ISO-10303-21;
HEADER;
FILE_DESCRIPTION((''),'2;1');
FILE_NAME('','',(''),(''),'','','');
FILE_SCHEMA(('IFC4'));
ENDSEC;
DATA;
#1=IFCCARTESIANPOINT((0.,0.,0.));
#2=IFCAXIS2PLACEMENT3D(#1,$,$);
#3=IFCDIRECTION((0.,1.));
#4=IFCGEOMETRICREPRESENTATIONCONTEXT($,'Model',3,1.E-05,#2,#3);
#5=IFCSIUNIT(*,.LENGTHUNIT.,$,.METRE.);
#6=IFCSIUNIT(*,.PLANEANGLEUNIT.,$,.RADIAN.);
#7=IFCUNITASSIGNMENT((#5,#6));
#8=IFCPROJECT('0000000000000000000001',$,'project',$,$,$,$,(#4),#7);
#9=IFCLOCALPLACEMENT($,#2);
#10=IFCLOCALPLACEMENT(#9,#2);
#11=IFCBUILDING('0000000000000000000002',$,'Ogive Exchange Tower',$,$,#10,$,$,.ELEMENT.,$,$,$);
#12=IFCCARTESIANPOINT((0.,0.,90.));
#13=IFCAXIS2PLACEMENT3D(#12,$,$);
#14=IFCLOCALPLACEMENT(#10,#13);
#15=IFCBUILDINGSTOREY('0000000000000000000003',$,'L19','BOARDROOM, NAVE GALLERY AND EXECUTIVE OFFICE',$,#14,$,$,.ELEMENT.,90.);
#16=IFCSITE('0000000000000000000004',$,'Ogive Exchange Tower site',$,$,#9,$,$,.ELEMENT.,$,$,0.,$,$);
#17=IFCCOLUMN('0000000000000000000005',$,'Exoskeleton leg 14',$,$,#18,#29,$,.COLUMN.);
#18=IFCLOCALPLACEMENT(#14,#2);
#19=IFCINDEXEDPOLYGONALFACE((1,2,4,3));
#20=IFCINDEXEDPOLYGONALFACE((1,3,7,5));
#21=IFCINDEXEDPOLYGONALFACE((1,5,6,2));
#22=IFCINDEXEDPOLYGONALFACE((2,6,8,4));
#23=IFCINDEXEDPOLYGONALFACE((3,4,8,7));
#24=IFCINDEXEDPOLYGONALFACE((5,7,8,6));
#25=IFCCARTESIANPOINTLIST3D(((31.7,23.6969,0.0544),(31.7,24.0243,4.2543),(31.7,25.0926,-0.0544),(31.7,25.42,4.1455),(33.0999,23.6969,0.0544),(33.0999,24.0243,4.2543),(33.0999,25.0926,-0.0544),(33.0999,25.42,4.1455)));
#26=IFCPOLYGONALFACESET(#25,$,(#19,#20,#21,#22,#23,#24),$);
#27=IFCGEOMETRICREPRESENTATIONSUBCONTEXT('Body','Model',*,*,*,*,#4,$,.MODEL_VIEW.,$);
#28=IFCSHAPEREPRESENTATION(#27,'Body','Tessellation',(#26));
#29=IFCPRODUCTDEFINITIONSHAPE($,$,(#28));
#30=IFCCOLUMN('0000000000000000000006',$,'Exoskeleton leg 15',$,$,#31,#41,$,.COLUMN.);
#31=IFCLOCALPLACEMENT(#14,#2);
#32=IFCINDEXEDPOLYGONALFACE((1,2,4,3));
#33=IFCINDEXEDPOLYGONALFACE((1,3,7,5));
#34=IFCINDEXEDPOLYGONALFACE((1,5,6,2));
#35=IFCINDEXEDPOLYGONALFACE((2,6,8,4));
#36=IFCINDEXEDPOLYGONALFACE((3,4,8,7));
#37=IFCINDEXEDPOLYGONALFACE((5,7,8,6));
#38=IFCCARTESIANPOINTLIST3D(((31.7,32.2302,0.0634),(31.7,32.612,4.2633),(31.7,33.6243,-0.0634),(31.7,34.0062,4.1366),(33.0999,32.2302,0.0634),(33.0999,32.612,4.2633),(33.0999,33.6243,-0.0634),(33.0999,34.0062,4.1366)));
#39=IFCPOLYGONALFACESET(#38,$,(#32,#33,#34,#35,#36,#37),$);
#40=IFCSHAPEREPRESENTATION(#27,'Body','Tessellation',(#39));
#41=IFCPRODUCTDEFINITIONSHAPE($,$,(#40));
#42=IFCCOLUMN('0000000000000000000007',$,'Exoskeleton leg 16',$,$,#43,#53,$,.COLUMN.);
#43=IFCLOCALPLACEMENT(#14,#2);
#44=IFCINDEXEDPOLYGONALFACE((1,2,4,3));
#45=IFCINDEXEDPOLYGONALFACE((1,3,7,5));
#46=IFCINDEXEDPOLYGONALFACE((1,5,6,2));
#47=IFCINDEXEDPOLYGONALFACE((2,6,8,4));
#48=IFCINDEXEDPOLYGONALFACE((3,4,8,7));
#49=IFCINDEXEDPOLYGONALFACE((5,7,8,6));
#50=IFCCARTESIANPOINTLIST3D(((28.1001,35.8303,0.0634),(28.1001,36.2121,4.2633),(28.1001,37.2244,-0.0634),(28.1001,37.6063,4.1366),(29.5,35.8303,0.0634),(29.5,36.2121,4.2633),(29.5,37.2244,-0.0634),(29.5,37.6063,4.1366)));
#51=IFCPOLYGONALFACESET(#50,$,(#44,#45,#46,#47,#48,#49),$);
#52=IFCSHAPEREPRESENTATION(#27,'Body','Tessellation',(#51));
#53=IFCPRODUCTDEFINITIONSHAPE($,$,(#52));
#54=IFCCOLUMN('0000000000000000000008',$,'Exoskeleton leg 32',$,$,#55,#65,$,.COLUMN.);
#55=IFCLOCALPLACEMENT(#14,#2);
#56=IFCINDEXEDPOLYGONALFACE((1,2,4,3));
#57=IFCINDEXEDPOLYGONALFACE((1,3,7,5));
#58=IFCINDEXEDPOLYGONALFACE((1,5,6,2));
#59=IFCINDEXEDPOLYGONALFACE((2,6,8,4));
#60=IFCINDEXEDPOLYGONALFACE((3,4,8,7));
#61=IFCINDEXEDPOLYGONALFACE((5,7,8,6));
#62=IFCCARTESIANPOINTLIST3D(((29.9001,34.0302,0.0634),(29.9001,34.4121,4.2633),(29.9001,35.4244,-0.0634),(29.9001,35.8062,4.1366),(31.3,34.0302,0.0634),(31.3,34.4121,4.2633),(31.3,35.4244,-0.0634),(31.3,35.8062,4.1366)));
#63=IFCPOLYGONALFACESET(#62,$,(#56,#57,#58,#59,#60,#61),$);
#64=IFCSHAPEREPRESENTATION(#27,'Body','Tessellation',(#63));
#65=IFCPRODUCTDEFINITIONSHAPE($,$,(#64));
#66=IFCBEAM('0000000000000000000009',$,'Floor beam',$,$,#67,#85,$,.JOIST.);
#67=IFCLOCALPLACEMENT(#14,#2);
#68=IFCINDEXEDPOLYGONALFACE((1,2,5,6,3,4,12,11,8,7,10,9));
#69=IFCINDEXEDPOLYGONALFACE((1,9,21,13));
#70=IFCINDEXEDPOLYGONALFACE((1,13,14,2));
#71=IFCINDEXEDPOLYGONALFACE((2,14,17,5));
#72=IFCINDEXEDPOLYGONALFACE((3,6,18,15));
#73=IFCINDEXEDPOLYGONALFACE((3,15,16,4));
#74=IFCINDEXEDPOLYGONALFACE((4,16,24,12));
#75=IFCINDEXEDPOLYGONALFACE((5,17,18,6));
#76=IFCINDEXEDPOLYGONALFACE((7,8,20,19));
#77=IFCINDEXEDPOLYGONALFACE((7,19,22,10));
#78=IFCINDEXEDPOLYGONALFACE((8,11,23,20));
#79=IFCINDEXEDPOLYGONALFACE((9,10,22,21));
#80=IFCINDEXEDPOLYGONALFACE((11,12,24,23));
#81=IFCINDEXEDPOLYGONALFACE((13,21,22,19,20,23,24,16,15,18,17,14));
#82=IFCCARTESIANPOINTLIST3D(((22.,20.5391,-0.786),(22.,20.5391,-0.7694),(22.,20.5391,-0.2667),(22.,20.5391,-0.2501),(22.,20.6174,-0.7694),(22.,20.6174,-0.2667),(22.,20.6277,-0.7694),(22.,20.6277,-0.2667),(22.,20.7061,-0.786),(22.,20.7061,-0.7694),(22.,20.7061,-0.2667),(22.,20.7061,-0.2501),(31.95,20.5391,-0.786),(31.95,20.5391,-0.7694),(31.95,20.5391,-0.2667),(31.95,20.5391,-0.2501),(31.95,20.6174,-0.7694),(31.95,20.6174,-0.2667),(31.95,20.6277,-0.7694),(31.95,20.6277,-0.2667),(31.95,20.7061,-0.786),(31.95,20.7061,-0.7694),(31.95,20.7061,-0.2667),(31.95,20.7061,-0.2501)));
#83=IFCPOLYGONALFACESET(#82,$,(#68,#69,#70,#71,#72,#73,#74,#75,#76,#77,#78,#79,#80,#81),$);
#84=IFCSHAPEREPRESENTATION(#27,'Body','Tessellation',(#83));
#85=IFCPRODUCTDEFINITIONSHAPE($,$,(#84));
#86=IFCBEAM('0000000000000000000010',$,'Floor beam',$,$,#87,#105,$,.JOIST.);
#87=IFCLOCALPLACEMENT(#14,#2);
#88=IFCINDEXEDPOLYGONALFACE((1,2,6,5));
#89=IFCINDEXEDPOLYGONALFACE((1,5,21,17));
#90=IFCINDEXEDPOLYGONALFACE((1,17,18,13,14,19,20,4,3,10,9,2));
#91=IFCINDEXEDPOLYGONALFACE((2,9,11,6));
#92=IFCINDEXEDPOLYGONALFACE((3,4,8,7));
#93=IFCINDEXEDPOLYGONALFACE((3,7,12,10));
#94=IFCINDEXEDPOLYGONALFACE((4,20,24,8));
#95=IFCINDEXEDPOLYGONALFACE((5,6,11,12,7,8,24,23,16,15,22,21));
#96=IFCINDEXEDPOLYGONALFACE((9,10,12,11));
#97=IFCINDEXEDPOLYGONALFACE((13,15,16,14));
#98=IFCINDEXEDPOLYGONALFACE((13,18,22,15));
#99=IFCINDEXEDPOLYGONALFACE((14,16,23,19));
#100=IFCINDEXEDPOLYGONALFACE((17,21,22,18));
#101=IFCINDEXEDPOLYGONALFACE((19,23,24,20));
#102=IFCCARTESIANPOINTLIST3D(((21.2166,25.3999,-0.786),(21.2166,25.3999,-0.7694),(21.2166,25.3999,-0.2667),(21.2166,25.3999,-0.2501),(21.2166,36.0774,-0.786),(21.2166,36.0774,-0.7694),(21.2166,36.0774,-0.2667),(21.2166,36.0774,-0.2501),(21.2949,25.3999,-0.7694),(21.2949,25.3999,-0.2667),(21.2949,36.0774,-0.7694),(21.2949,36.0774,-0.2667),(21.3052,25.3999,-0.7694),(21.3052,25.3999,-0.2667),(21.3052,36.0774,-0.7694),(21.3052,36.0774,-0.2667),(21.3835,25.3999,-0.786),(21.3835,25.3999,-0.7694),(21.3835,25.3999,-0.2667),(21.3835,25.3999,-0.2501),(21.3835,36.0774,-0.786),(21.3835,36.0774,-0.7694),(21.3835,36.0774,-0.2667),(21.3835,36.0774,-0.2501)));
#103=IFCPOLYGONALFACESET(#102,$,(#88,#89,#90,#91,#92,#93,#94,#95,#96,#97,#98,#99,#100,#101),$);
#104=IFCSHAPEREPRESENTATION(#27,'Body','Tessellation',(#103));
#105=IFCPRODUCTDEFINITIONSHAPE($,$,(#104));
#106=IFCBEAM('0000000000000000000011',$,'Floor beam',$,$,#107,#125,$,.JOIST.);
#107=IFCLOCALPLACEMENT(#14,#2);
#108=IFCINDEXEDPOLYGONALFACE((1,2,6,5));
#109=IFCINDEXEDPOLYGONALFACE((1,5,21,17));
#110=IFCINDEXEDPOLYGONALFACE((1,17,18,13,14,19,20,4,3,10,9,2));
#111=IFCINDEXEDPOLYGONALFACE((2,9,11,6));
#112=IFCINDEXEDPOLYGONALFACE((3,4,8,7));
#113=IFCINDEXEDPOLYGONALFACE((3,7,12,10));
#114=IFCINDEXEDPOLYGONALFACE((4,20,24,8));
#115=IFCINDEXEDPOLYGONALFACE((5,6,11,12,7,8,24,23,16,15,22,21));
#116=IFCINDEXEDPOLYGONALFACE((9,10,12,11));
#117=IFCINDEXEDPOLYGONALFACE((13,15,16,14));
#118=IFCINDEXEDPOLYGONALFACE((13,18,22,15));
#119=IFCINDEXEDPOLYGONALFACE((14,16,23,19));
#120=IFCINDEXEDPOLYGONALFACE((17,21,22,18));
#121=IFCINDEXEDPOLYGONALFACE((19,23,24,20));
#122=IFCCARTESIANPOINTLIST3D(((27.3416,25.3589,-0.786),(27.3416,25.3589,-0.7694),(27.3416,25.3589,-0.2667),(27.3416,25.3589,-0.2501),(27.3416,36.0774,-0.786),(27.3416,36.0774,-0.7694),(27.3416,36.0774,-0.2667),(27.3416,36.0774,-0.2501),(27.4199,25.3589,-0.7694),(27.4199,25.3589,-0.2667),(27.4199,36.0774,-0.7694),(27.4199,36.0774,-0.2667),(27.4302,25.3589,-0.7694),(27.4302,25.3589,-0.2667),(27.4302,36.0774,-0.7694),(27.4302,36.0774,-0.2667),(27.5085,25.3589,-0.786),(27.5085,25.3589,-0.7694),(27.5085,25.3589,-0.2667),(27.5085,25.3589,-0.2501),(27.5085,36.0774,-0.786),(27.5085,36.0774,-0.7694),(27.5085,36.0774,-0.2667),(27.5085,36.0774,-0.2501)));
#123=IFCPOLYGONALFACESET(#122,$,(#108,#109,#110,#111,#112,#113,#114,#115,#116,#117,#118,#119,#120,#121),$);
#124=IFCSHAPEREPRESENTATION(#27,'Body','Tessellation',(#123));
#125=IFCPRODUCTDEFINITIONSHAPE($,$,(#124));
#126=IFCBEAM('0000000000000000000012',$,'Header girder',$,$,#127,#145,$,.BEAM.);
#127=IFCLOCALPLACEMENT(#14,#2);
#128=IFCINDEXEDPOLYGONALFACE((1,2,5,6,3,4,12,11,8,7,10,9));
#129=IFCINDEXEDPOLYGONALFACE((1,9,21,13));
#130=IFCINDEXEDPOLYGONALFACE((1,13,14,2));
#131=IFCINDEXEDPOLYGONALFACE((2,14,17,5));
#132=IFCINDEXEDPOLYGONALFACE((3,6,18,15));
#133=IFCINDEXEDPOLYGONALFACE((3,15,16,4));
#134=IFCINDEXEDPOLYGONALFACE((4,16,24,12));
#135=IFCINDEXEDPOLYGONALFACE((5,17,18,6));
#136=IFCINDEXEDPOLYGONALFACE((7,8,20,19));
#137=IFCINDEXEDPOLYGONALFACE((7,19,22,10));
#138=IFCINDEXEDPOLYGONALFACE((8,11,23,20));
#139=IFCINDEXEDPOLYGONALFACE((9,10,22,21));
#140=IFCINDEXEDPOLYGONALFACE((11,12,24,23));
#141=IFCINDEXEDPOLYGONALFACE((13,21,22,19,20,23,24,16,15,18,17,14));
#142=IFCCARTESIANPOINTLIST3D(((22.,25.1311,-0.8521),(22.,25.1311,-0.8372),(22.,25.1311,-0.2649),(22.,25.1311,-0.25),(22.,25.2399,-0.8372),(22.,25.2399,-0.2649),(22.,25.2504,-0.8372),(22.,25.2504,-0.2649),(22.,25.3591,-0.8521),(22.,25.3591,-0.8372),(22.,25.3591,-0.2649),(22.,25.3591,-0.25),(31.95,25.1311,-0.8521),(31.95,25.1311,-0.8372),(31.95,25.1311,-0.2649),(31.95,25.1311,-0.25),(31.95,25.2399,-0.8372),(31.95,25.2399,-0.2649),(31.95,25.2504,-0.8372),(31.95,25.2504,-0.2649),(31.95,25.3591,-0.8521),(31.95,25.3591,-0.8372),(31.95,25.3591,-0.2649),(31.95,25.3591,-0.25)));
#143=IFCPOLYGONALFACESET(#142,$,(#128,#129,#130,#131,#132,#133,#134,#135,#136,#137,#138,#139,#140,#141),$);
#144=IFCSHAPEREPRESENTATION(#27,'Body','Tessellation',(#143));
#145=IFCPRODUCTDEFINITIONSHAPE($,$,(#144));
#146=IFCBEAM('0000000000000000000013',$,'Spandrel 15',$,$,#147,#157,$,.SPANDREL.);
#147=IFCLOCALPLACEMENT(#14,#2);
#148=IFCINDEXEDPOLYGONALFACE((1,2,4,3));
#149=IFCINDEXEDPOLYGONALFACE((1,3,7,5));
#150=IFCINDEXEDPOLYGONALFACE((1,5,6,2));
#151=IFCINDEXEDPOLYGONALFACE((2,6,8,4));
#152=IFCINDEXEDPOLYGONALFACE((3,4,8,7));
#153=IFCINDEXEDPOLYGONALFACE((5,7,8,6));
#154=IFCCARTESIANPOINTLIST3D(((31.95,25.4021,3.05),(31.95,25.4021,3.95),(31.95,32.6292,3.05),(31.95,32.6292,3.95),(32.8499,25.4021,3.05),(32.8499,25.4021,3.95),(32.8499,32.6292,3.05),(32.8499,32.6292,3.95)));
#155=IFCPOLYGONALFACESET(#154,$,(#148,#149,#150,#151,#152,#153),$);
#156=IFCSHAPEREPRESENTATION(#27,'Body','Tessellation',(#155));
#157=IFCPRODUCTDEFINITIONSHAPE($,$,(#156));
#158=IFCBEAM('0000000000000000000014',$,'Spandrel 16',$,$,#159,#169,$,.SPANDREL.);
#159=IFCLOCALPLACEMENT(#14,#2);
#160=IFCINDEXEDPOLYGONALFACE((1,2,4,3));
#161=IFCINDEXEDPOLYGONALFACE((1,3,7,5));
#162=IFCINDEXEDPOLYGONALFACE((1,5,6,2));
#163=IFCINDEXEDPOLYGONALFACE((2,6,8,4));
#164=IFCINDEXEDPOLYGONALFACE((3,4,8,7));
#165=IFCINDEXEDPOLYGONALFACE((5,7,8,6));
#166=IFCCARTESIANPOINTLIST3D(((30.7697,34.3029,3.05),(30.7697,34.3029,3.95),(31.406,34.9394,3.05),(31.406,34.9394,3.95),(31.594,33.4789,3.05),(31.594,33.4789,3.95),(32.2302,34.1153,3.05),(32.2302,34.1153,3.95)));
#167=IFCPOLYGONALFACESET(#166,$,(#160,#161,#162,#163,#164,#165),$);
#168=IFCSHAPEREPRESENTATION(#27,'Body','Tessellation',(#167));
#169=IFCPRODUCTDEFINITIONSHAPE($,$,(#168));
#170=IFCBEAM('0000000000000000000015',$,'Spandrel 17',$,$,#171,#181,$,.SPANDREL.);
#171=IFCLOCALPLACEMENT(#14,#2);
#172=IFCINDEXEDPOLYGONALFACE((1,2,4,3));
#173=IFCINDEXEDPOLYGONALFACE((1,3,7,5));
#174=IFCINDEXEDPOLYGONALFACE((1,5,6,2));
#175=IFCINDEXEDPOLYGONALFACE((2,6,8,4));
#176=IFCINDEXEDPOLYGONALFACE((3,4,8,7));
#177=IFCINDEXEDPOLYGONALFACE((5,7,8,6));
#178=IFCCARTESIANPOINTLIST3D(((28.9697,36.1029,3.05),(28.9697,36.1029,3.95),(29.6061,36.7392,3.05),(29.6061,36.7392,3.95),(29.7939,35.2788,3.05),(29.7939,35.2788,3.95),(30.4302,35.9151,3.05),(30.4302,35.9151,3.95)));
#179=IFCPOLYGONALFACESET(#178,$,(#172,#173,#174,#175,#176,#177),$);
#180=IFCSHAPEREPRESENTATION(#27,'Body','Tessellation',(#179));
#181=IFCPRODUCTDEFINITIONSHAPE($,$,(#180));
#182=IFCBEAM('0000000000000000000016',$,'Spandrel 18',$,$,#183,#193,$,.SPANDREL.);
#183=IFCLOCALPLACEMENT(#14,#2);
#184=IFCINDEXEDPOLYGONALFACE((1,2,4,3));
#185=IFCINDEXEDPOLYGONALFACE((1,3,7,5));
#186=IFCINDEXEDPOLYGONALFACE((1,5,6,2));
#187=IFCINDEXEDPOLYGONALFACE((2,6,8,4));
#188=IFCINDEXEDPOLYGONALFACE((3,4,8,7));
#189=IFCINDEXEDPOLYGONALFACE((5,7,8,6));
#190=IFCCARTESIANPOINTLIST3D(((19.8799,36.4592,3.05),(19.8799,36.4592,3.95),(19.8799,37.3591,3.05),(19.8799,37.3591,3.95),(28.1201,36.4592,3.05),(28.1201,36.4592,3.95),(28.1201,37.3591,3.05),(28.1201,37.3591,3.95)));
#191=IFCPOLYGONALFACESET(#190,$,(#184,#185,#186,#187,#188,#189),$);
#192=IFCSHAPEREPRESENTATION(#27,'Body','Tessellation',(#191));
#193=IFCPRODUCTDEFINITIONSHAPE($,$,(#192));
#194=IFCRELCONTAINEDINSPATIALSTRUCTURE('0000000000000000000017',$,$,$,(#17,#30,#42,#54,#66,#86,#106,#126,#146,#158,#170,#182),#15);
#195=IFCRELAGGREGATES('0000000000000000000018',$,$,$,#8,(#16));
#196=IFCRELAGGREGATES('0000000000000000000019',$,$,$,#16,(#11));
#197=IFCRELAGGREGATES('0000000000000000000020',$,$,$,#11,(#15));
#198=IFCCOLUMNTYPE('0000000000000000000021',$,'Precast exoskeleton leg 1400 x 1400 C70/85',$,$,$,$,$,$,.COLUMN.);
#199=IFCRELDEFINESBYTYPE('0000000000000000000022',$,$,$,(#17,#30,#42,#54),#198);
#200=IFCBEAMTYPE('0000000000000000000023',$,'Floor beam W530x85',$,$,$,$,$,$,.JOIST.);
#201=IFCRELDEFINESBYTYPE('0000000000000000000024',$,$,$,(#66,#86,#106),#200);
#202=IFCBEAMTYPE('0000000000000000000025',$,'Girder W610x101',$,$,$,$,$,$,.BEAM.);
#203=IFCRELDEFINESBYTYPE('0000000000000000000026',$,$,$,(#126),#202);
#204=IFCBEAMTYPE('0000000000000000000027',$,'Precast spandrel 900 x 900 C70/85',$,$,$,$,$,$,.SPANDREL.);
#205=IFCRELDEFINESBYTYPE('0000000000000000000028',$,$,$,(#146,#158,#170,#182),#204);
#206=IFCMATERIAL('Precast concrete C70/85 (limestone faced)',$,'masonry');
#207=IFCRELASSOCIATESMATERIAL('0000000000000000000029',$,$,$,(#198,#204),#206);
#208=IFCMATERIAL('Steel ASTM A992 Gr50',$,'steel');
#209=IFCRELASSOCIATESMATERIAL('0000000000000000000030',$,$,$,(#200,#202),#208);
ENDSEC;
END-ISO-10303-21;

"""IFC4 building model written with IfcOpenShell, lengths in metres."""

from ifc_helpers import new_model, si_unit, direction, frame, origin, origin_2d, place, context, subcontext, project, spatial, rectangle, i_section, extrude, material, material_profile, profile_set, type_object, element, save


model = new_model("IFC4")

# Units and contexts
model_context = context("Model", 3, precision=1e-05, world=origin(), true_north=direction((0.0, 1.0)))
body_context = subcontext(model_context, "Body", "Model", "MODEL_VIEW")
ifc_project = project(units=[si_unit("LENGTHUNIT", "METRE"), si_unit("PLANEANGLEUNIT", "RADIAN")], contexts=[model_context])

# Site, building, storey
site_placement = place(None, origin())
site = spatial("IfcSite", under=ifc_project, at=site_placement, Name="Ogive Exchange Tower site", CompositionType="ELEMENT", RefElevation=0.0)
building_placement = place(site_placement, origin())
building = spatial("IfcBuilding", under=site, at=building_placement, Name="Ogive Exchange Tower", CompositionType="ELEMENT")
storey_placement = place(building_placement, frame((0.0, 0.0, 90.0)))
storey = spatial("IfcBuildingStorey", under=building, at=storey_placement, Name="L19", Description="BOARDROOM, NAVE GALLERY AND EXECUTIVE OFFICE", CompositionType="ELEMENT", Elevation=90.0)

# Columns
ifc_material_1 = material(Name="Precast concrete C70/85 (limestone faced)", Category="masonry")
ifc_material_profile_1 = material_profile(ifc_material_1, rectangle(XDim=1.3999, YDim=1.3999, at=origin_2d()), Name="1400 x 1400")
ifc_profile_set_1 = profile_set([ifc_material_profile_1], Name="Precast concrete C70/85 (limestone faced)")
column_type = type_object("IfcColumnType", Name="Precast exoskeleton leg 1400 x 1400 C70/85", PredefinedType="COLUMN", material=ifc_profile_set_1)
column_placement = place(storey_placement, frame((32.3999, 24.3948, 0.0), z_axis=(0.0, 0.077716, 0.996976), x_axis=(-1.0, 0.0, 0.0)))
element("IfcColumn", 1, at=column_placement, inside=storey, type_object=column_type, Name="Exoskeleton leg 14", PredefinedType="COLUMN", context=body_context, shape_type="SweptSolid", body=[
    extrude(rectangle(XDim=1.3999, YDim=1.3999, at=origin_2d()), origin(), (0.0, 0.0, 1.0), 4.2126),
])
for number, where, z_axis, x_axis, name in (
    (2, (32.3999, 32.9272, 0.0), (0.0, 0.090541, 0.995893), (-1.0, 0.0, 0.0), "Exoskeleton leg 15"),
    (3, (28.8, 36.5273, 0.0), (0.0, 0.090541, 0.995893), (-1.0, 0.0, 0.0), "Exoskeleton leg 16"),
    (4, (30.6001, 34.7273, 0.0), (0.0, 0.090541, 0.995893), (-1.0, 0.0, 0.0), "Exoskeleton leg 32"),
):
    element("IfcColumn", number, at=place(storey_placement, frame(where, z_axis=z_axis, x_axis=x_axis)), inside=storey, type_object=column_type, Name=name, PredefinedType="COLUMN", context=body_context, shape_type="SweptSolid", body=[
        extrude(rectangle(XDim=1.3999, YDim=1.3999, at=origin_2d()), origin(), (0.0, 0.0, 1.0), 4.2173),
    ])

# Beams
ifc_material_2 = material(Name="Steel ASTM A992 Gr50", Category="steel")
ifc_material_profile_2 = material_profile(ifc_material_2, i_section(OverallWidth=0.167, OverallDepth=0.5359, WebThickness=0.0103, FlangeThickness=0.0166, at=origin_2d()), Name="W530x85")
ifc_profile_set_2 = profile_set([ifc_material_profile_2], Name="Steel ASTM A992 Gr50")
beam_type_1 = type_object("IfcBeamType", Name="Floor beam W530x85", PredefinedType="JOIST", material=ifc_profile_set_2)
beam_1_placement = place(storey_placement, frame((22.0, 20.6226, -0.5181), z_axis=(1.0, 0.0, 0.0), x_axis=(0.0, 1.0, 0.0)))
element("IfcBeam", 5, at=beam_1_placement, inside=storey, type_object=beam_type_1, Name="Floor beam", PredefinedType="JOIST", context=body_context, shape_type="SweptSolid", body=[
    extrude(i_section(OverallWidth=0.167, OverallDepth=0.5359, WebThickness=0.0103, FlangeThickness=0.0166, at=origin_2d()), origin(), (0.0, 0.0, 1.0), 9.95),
])
beam_2_placement = place(storey_placement, frame((21.3, 25.3999, -0.5181), z_axis=(0.0, 1.0, 0.0), x_axis=(-1.0, 0.0, 0.0)))
element("IfcBeam", 6, at=beam_2_placement, inside=storey, type_object=beam_type_1, Name="Floor beam", PredefinedType="JOIST", context=body_context, shape_type="SweptSolid", body=[
    extrude(i_section(OverallWidth=0.167, OverallDepth=0.5359, WebThickness=0.0103, FlangeThickness=0.0166, at=origin_2d()), origin(), (0.0, 0.0, 1.0), 10.6775),
])
beam_3_placement = place(storey_placement, frame((27.425, 25.3589, -0.5181), z_axis=(0.0, 1.0, 0.0), x_axis=(-1.0, 0.0, 0.0)))
element("IfcBeam", 7, at=beam_3_placement, inside=storey, type_object=beam_type_1, Name="Floor beam", PredefinedType="JOIST", context=body_context, shape_type="SweptSolid", body=[
    extrude(i_section(OverallWidth=0.167, OverallDepth=0.5359, WebThickness=0.0103, FlangeThickness=0.0166, at=origin_2d()), origin(), (0.0, 0.0, 1.0), 10.7185),
])
ifc_material_profile_3 = material_profile(ifc_material_2, i_section(OverallWidth=0.228, OverallDepth=0.6021, WebThickness=0.0105, FlangeThickness=0.0149, at=origin_2d()), Name="W610x101")
ifc_profile_set_3 = profile_set([ifc_material_profile_3], Name="Steel ASTM A992 Gr50")
beam_type_2 = type_object("IfcBeamType", Name="Girder W610x101", PredefinedType="BEAM", material=ifc_profile_set_3)
beam_4_placement = place(storey_placement, frame((22.0, 25.2451, -0.551), z_axis=(1.0, 0.0, 0.0), x_axis=(0.0, 1.0, 0.0)))
element("IfcBeam", 8, at=beam_4_placement, inside=storey, type_object=beam_type_2, Name="Header girder", PredefinedType="BEAM", context=body_context, shape_type="SweptSolid", body=[
    extrude(i_section(OverallWidth=0.228, OverallDepth=0.6021, WebThickness=0.0105, FlangeThickness=0.0149, at=origin_2d()), origin(), (0.0, 0.0, 1.0), 9.95),
])
ifc_material_profile_4 = material_profile(ifc_material_1, rectangle(XDim=0.8999, YDim=0.8999, at=origin_2d()), Name="900 x 900")
ifc_profile_set_4 = profile_set([ifc_material_profile_4], Name="Precast concrete C70/85 (limestone faced)")
beam_type_3 = type_object("IfcBeamType", Name="Precast spandrel 900 x 900 C70/85", PredefinedType="SPANDREL", material=ifc_profile_set_4)
beam_5_placement = place(storey_placement, frame((32.3999, 25.4021, 3.5), z_axis=(0.0, 1.0, 0.0), x_axis=(-1.0, 0.0, 0.0)))
element("IfcBeam", 9, at=beam_5_placement, inside=storey, type_object=beam_type_3, Name="Spandrel 15", PredefinedType="SPANDREL", context=body_context, shape_type="SweptSolid", body=[
    extrude(rectangle(XDim=0.8999, YDim=0.8999, at=origin_2d()), origin(), (0.0, 0.0, 1.0), 7.2271),
])
for number, where, z_axis, x_axis, name in (
    (10, (31.9121, 33.7971, 3.5), (-0.707212, 0.707002, 0.0), (-0.707002, -0.707212, 0.0), "Spandrel 16"),
    (11, (30.1121, 35.5969, 3.5), (-0.707107, 0.707107, 0.0), (-0.707107, -0.707107, 0.0), "Spandrel 17"),
):
    element("IfcBeam", number, at=place(storey_placement, frame(where, z_axis=z_axis, x_axis=x_axis)), inside=storey, type_object=beam_type_3, Name=name, PredefinedType="SPANDREL", context=body_context, shape_type="SweptSolid", body=[
        extrude(rectangle(XDim=0.8999, YDim=0.8999, at=origin_2d()), origin(), (0.0, 0.0, 1.0), 1.1655),
    ])
beam_6_placement = place(storey_placement, frame((28.1201, 36.9092, 3.5), z_axis=(-1.0, 0.0, 0.0), x_axis=(0.0, -1.0, 0.0)))
element("IfcBeam", 12, at=beam_6_placement, inside=storey, type_object=beam_type_3, Name="Spandrel 18", PredefinedType="SPANDREL", context=body_context, shape_type="SweptSolid", body=[
    extrude(rectangle(XDim=0.8999, YDim=0.8999, at=origin_2d()), origin(), (0.0, 0.0, 1.0), 8.2402),
])

save(model, "model.ifc")
